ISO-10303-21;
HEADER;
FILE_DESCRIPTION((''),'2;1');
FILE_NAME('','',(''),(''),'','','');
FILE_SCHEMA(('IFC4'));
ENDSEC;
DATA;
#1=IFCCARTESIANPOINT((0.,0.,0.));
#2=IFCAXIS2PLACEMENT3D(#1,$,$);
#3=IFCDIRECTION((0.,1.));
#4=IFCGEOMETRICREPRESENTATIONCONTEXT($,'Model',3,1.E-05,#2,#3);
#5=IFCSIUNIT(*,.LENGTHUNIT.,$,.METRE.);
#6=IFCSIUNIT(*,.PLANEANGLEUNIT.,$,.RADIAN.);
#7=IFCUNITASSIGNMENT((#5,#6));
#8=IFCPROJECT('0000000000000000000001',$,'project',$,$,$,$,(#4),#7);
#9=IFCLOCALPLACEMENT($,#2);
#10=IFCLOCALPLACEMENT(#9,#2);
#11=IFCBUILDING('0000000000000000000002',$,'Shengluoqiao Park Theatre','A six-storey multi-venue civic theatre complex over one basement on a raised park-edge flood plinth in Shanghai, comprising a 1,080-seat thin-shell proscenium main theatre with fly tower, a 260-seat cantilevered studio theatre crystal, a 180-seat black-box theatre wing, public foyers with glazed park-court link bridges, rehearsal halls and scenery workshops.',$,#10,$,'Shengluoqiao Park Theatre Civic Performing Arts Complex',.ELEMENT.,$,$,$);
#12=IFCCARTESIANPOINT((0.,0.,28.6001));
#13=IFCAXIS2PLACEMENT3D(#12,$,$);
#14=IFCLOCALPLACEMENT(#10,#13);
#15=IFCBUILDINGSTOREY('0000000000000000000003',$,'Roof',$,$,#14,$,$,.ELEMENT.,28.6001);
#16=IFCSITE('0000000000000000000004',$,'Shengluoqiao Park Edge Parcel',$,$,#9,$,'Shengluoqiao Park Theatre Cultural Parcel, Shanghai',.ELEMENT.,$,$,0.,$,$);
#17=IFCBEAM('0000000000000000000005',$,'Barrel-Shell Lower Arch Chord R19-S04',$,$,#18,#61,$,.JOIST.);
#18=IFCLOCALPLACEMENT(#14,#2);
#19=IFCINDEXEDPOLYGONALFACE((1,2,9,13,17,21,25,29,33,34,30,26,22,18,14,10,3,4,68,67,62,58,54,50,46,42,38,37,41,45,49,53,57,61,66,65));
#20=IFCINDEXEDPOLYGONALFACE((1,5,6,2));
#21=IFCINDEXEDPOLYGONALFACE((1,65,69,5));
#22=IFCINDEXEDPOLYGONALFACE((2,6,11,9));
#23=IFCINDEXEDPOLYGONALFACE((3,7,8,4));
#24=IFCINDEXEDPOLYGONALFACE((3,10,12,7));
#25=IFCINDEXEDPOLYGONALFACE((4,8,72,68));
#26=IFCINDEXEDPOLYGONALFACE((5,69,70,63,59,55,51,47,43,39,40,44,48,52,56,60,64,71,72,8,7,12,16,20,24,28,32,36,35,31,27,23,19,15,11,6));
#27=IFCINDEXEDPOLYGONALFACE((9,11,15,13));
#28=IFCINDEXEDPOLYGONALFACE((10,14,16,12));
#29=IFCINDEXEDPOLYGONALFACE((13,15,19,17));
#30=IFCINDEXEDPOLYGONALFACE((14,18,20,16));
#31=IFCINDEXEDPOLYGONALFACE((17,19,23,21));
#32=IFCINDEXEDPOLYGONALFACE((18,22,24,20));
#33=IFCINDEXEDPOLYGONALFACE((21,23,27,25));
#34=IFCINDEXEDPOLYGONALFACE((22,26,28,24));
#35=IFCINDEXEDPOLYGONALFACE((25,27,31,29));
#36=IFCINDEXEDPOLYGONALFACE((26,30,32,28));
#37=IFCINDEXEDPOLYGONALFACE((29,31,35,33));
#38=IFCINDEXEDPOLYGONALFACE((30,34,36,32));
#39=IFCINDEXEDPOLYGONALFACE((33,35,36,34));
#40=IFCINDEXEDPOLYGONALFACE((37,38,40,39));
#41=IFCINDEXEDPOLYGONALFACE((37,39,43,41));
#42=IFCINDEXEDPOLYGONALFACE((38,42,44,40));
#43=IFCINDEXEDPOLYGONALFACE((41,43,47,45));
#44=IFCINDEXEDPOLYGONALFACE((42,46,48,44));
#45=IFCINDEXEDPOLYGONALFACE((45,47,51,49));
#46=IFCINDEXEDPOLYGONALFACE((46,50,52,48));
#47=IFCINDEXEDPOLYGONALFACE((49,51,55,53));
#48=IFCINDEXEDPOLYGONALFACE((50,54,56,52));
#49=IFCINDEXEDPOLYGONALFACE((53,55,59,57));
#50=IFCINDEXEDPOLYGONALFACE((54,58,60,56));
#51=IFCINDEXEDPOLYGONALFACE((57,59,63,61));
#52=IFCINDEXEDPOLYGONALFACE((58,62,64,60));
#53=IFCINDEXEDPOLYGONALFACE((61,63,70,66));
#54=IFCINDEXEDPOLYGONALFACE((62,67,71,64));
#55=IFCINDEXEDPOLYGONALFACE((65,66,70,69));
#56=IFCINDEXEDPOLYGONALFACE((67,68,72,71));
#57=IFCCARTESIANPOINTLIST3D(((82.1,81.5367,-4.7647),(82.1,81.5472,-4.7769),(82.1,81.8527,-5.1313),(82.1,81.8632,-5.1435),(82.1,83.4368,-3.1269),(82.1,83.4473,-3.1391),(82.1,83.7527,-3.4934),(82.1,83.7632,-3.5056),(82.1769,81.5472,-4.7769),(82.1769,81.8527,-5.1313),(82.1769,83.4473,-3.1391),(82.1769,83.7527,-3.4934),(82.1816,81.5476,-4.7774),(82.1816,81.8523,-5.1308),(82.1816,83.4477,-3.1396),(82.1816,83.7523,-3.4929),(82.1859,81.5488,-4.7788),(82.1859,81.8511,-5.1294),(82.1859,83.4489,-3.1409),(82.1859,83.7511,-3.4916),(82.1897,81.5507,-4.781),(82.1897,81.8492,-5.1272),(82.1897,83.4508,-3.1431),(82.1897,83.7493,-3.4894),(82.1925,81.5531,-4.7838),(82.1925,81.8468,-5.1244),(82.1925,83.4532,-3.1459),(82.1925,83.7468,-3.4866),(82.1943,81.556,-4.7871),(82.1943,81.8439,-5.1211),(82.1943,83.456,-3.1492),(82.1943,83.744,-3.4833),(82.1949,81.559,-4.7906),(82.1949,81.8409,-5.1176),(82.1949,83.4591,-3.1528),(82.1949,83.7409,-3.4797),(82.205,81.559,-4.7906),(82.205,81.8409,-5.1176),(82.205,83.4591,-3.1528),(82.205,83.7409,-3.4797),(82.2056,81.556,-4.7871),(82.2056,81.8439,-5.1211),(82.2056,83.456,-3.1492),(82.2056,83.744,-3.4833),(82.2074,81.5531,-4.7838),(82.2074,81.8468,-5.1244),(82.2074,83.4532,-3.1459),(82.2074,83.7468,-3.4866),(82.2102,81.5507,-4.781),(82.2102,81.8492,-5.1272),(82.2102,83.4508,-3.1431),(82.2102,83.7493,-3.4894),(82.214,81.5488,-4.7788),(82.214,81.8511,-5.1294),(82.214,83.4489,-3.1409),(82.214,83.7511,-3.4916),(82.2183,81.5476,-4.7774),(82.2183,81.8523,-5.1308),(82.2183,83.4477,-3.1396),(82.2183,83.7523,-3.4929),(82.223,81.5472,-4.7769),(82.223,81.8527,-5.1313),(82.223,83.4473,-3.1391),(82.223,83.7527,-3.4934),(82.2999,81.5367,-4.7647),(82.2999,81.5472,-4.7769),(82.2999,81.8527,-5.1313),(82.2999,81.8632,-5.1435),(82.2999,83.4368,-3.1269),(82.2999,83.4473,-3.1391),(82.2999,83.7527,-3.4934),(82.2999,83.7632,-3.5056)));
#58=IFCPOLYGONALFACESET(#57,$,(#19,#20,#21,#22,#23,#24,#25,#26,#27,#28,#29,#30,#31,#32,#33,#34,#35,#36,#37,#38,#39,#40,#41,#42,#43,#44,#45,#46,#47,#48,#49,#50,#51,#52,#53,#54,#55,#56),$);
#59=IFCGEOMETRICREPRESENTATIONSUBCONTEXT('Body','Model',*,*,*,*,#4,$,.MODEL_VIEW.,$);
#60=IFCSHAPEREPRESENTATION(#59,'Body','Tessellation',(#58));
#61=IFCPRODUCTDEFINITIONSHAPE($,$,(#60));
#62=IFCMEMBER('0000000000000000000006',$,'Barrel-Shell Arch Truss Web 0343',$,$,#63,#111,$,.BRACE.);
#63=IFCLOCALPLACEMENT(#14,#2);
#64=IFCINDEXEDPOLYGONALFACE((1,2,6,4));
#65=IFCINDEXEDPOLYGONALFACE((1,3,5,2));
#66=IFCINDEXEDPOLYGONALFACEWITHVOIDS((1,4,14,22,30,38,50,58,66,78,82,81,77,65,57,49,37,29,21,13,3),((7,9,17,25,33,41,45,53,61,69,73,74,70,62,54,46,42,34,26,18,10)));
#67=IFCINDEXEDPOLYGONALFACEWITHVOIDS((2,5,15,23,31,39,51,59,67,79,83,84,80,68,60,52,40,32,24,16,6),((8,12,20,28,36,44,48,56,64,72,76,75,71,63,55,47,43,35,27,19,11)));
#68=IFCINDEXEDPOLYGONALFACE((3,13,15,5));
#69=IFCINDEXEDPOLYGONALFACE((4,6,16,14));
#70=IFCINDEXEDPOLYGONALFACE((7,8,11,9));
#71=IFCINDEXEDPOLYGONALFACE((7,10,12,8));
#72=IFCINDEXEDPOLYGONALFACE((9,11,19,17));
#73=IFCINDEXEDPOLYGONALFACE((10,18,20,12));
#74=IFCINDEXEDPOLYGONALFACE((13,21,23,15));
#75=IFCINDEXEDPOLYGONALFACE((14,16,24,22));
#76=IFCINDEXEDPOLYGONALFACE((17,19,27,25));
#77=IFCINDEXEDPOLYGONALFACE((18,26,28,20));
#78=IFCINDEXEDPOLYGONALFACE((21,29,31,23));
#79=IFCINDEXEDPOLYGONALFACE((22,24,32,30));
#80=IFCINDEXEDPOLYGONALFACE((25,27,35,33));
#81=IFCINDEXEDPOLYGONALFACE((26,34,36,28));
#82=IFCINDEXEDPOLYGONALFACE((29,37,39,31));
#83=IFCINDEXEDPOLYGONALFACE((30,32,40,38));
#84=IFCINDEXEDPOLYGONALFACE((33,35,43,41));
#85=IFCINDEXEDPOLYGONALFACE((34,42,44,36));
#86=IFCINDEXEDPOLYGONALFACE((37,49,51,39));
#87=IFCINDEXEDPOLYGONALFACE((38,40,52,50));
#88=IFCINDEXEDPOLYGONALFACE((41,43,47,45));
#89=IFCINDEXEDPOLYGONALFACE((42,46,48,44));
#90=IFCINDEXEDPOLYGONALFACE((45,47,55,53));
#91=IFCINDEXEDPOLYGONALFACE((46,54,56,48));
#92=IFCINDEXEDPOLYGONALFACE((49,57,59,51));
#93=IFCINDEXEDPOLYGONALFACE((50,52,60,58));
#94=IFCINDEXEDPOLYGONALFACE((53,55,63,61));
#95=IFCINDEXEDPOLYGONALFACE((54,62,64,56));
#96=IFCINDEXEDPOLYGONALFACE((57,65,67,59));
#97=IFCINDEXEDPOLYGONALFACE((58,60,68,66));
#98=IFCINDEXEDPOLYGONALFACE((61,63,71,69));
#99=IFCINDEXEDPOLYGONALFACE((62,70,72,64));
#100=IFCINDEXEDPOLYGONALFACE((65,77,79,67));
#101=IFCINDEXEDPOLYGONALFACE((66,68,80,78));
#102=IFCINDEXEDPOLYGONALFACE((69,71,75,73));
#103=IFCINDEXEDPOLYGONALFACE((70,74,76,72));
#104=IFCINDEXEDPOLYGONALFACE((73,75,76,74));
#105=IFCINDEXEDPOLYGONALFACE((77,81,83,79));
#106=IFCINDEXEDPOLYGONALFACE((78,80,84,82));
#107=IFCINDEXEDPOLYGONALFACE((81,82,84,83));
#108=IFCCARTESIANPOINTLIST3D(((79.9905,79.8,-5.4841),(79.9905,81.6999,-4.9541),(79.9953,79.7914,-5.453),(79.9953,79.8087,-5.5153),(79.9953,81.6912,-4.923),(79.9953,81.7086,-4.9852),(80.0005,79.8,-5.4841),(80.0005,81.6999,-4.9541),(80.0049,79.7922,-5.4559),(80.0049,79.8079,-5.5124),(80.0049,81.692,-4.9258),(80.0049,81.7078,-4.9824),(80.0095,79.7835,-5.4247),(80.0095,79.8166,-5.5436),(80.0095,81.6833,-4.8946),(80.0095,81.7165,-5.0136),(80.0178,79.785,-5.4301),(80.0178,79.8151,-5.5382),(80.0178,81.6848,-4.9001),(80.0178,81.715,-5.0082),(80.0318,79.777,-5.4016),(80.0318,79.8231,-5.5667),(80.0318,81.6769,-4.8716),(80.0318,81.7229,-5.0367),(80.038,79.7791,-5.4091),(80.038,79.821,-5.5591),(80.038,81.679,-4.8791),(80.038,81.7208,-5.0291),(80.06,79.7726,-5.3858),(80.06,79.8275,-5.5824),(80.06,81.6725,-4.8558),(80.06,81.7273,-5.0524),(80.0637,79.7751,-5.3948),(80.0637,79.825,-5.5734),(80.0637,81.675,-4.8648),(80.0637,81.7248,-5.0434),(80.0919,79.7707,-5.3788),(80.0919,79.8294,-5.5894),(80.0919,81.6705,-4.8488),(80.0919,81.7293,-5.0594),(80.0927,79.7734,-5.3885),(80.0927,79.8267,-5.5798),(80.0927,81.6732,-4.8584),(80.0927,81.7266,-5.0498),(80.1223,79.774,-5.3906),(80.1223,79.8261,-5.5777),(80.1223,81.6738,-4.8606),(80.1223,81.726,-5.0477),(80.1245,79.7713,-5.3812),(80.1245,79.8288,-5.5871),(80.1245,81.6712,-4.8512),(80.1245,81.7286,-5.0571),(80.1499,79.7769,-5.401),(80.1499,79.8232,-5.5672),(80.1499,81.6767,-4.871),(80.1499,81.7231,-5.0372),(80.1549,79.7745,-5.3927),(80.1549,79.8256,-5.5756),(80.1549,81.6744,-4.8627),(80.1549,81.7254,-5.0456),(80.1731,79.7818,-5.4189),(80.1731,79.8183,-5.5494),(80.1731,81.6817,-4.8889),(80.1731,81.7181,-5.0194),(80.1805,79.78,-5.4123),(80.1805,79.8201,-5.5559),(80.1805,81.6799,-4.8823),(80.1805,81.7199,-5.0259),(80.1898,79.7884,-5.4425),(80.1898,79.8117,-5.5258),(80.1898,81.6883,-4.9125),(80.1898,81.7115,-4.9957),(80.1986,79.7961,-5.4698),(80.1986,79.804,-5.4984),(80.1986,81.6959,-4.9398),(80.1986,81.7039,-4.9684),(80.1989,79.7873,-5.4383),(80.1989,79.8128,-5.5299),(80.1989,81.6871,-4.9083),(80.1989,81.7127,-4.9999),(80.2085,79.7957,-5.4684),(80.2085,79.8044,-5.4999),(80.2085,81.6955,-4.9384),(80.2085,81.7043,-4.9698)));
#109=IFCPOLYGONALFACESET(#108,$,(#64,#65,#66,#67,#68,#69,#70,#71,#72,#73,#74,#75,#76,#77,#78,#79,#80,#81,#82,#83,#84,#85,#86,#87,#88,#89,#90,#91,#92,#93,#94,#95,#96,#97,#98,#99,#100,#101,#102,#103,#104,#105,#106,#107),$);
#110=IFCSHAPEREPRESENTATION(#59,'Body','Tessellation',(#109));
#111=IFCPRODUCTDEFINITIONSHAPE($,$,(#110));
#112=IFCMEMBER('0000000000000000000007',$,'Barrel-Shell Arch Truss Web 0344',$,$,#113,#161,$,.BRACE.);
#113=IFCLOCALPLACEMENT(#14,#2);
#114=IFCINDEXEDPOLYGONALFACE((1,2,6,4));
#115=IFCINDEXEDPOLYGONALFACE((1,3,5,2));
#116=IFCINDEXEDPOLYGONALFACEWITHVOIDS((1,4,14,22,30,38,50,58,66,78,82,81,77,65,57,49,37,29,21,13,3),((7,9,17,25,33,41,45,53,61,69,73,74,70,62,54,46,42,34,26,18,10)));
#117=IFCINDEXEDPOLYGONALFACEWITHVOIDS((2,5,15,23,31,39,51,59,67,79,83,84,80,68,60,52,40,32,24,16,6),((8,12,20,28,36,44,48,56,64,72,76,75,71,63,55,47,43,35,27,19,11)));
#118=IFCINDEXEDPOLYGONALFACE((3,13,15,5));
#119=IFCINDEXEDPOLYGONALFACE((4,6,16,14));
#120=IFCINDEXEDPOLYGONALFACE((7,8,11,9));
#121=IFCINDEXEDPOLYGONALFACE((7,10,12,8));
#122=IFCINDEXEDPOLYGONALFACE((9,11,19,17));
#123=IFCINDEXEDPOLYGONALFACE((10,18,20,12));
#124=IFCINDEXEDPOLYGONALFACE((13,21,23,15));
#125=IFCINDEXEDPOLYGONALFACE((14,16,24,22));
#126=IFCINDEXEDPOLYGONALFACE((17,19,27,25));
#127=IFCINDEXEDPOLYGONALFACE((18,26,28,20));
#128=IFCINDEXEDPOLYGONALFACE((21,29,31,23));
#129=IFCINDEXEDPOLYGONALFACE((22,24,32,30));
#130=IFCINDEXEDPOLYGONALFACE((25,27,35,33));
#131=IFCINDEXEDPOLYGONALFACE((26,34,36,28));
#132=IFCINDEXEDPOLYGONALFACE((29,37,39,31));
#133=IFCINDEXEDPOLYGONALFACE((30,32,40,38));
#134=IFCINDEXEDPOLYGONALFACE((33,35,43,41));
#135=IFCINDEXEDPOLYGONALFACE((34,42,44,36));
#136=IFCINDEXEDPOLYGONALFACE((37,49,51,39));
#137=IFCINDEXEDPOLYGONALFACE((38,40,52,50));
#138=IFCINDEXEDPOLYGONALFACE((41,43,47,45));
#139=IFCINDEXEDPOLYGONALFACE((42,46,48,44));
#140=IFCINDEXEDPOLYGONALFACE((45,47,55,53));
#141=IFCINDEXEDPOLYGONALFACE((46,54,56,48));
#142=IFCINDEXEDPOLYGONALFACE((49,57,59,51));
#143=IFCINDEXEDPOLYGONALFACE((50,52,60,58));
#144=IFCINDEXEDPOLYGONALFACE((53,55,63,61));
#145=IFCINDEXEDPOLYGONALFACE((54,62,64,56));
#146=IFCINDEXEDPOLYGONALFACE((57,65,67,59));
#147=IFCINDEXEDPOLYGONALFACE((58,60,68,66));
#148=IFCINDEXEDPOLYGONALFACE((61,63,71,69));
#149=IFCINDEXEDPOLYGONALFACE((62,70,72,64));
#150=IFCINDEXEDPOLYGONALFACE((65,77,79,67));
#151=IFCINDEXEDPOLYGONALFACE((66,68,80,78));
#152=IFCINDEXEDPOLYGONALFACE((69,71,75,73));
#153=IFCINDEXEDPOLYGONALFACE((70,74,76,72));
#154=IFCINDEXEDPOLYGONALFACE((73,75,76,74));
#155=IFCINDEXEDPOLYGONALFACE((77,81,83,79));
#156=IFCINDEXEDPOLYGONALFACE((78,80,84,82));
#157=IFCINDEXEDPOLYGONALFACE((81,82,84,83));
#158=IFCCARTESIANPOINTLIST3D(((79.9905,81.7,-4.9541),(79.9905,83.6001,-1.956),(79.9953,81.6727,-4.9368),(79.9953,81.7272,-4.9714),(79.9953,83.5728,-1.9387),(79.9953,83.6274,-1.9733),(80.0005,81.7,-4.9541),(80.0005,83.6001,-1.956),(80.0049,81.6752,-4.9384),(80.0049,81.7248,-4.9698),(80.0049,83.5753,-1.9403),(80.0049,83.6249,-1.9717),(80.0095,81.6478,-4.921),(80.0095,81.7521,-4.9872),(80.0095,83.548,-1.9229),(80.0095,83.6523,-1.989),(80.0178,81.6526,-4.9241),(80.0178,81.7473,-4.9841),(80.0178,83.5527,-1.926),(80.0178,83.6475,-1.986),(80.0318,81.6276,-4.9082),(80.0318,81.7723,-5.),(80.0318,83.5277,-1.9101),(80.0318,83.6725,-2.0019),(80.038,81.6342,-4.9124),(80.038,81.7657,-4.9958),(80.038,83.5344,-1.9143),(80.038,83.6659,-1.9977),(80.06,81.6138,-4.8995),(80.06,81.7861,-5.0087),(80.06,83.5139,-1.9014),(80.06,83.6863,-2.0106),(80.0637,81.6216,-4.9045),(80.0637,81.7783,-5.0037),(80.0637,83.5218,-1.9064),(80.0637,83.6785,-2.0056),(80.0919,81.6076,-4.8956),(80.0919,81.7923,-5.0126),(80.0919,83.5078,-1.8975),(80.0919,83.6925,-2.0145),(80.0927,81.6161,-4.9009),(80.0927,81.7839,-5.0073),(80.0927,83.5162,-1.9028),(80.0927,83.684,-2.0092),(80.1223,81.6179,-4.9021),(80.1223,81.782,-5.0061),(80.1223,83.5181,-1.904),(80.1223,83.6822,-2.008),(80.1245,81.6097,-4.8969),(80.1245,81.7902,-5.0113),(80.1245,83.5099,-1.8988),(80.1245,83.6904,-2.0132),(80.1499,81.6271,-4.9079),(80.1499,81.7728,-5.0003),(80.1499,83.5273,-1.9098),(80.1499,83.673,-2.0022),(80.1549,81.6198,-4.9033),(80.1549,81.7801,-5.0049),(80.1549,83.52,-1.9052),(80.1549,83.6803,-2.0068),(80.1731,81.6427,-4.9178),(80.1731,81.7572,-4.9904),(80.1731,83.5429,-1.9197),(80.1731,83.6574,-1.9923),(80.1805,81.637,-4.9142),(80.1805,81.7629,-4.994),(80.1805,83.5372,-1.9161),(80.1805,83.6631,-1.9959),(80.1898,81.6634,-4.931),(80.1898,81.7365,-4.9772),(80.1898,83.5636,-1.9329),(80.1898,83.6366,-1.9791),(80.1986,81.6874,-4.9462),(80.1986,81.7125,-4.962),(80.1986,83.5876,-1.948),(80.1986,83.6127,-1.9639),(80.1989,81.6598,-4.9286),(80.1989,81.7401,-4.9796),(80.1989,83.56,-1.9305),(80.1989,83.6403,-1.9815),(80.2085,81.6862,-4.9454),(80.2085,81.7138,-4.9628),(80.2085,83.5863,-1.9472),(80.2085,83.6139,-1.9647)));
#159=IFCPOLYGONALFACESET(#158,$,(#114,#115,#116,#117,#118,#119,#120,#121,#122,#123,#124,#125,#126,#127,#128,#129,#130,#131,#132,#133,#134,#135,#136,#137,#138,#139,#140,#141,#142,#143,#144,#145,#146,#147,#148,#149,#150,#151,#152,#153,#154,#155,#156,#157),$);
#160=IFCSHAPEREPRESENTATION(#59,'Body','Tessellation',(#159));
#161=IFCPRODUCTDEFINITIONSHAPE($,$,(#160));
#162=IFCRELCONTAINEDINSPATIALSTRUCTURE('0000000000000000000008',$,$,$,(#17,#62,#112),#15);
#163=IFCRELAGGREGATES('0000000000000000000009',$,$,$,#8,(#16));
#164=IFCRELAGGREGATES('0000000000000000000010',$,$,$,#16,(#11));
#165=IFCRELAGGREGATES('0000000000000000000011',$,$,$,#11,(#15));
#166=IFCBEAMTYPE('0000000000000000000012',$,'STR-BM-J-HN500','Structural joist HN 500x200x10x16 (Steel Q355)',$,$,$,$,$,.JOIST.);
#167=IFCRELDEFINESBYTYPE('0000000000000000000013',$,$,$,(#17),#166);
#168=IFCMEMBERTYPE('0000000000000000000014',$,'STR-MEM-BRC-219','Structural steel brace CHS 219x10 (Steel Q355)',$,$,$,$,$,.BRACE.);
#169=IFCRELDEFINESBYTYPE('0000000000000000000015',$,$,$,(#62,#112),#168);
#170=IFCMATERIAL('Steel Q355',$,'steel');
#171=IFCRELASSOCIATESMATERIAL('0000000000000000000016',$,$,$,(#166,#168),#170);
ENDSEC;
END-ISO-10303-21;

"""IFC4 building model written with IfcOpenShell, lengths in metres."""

from ifc_helpers import new_model, si_unit, direction, frame, origin, origin_2d, place, context, subcontext, project, spatial, hollow_circle, i_section, extrude, material, material_profile, profile_set, type_object, element, save


model = new_model("IFC4")

# Units and contexts
model_context = context("Model", 3, precision=1e-05, world=origin(), true_north=direction((0.0, 1.0)))
body_context = subcontext(model_context, "Body", "Model", "MODEL_VIEW")
ifc_project = project(units=[si_unit("LENGTHUNIT", "METRE"), si_unit("PLANEANGLEUNIT", "RADIAN")], contexts=[model_context])

# Site, building, storey
site_placement = place(None, origin())
site = spatial("IfcSite", under=ifc_project, at=site_placement, Name="Shengluoqiao Park Edge Parcel", LongName="Shengluoqiao Park Theatre Cultural Parcel, Shanghai", CompositionType="ELEMENT", RefElevation=0.0)
building_placement = place(site_placement, origin())
building = spatial("IfcBuilding", under=site, at=building_placement, Name="Shengluoqiao Park Theatre", Description="A six-storey multi-venue civic theatre complex over one basement on a raised park-edge flood plinth in Shanghai, comprising a 1,080-seat thin-shell proscenium main theatre with fly tower, a 260-seat cantilevered studio theatre crystal, a 180-seat black-box theatre wing, public foyers with glazed park-court link bridges, rehearsal halls and scenery workshops.", LongName="Shengluoqiao Park Theatre Civic Performing Arts Complex", CompositionType="ELEMENT")
storey_placement = place(building_placement, frame((0.0, 0.0, 28.6001)))
storey = spatial("IfcBuildingStorey", under=building, at=storey_placement, Name="Roof", CompositionType="ELEMENT", Elevation=28.6001)

# Beam
ifc_material_1 = material(Name="Steel Q355", Category="steel")
ifc_material_profile_1 = material_profile(ifc_material_1, i_section(OverallWidth=0.2, OverallDepth=0.5, WebThickness=0.01, FlangeThickness=0.0161, FilletRadius=0.0181, at=origin_2d()), Name="HN 500x200x10x16")
ifc_profile_set_1 = profile_set([ifc_material_profile_1], Name="Steel Q355")
beam_type_1 = type_object("IfcBeamType", Name="STR-BM-J-HN500", Description="Structural joist HN 500x200x10x16 (Steel Q355)", PredefinedType="JOIST", material=ifc_profile_set_1)
beam_1_placement = place(storey_placement, frame((82.2, 81.7, -4.9541), z_axis=(0.0, 0.757433, 0.652913), x_axis=(-1.0, 0.0, 0.0)))
element("IfcBeam", 1, at=beam_1_placement, inside=storey, type_object=beam_type_1, Name="Barrel-Shell Lower Arch Chord R19-S04", PredefinedType="JOIST", context=body_context, shape_type="SweptSolid", body=[
    extrude(i_section(OverallWidth=0.2, OverallDepth=0.5, WebThickness=0.01, FlangeThickness=0.0161, FilletRadius=0.0181, at=origin_2d()), origin(), (0.0, 0.0, 1.0), 2.5085),
])

# Members
ifc_material_profile_2 = material_profile(ifc_material_1, hollow_circle(Radius=0.1096, WallThickness=0.01, at=origin_2d()), Name="CHS 219x10")
ifc_profile_set_2 = profile_set([ifc_material_profile_2], Name="Steel Q355")
member_type_1 = type_object("IfcMemberType", Name="STR-MEM-BRC-219", Description="Structural steel brace CHS 219x10 (Steel Q355)", PredefinedType="BRACE", material=ifc_profile_set_2)
member_1_placement = place(storey_placement, frame((80.1001, 79.8, -5.4841), z_axis=(0.0, 0.963219, 0.268716), x_axis=(-1.0, 0.0, 0.0)))
element("IfcMember", 2, at=member_1_placement, inside=storey, type_object=member_type_1, Name="Barrel-Shell Arch Truss Web 0343", PredefinedType="BRACE", context=body_context, shape_type="SweptSolid", body=[
    extrude(hollow_circle(Radius=0.1096, WallThickness=0.01, at=origin_2d()), origin(), (0.0, 0.0, 1.0), 1.9724),
])
member_2_placement = place(storey_placement, frame((80.1001, 81.7, -4.9541), z_axis=(0.0, 0.53533, 0.844643), x_axis=(-1.0, 0.0, 0.0)))
element("IfcMember", 3, at=member_2_placement, inside=storey, type_object=member_type_1, Name="Barrel-Shell Arch Truss Web 0344", PredefinedType="BRACE", context=body_context, shape_type="SweptSolid", body=[
    extrude(hollow_circle(Radius=0.1096, WallThickness=0.01, at=origin_2d()), origin(), (0.0, 0.0, 1.0), 3.5496),
])

save(model, "model.ifc")
